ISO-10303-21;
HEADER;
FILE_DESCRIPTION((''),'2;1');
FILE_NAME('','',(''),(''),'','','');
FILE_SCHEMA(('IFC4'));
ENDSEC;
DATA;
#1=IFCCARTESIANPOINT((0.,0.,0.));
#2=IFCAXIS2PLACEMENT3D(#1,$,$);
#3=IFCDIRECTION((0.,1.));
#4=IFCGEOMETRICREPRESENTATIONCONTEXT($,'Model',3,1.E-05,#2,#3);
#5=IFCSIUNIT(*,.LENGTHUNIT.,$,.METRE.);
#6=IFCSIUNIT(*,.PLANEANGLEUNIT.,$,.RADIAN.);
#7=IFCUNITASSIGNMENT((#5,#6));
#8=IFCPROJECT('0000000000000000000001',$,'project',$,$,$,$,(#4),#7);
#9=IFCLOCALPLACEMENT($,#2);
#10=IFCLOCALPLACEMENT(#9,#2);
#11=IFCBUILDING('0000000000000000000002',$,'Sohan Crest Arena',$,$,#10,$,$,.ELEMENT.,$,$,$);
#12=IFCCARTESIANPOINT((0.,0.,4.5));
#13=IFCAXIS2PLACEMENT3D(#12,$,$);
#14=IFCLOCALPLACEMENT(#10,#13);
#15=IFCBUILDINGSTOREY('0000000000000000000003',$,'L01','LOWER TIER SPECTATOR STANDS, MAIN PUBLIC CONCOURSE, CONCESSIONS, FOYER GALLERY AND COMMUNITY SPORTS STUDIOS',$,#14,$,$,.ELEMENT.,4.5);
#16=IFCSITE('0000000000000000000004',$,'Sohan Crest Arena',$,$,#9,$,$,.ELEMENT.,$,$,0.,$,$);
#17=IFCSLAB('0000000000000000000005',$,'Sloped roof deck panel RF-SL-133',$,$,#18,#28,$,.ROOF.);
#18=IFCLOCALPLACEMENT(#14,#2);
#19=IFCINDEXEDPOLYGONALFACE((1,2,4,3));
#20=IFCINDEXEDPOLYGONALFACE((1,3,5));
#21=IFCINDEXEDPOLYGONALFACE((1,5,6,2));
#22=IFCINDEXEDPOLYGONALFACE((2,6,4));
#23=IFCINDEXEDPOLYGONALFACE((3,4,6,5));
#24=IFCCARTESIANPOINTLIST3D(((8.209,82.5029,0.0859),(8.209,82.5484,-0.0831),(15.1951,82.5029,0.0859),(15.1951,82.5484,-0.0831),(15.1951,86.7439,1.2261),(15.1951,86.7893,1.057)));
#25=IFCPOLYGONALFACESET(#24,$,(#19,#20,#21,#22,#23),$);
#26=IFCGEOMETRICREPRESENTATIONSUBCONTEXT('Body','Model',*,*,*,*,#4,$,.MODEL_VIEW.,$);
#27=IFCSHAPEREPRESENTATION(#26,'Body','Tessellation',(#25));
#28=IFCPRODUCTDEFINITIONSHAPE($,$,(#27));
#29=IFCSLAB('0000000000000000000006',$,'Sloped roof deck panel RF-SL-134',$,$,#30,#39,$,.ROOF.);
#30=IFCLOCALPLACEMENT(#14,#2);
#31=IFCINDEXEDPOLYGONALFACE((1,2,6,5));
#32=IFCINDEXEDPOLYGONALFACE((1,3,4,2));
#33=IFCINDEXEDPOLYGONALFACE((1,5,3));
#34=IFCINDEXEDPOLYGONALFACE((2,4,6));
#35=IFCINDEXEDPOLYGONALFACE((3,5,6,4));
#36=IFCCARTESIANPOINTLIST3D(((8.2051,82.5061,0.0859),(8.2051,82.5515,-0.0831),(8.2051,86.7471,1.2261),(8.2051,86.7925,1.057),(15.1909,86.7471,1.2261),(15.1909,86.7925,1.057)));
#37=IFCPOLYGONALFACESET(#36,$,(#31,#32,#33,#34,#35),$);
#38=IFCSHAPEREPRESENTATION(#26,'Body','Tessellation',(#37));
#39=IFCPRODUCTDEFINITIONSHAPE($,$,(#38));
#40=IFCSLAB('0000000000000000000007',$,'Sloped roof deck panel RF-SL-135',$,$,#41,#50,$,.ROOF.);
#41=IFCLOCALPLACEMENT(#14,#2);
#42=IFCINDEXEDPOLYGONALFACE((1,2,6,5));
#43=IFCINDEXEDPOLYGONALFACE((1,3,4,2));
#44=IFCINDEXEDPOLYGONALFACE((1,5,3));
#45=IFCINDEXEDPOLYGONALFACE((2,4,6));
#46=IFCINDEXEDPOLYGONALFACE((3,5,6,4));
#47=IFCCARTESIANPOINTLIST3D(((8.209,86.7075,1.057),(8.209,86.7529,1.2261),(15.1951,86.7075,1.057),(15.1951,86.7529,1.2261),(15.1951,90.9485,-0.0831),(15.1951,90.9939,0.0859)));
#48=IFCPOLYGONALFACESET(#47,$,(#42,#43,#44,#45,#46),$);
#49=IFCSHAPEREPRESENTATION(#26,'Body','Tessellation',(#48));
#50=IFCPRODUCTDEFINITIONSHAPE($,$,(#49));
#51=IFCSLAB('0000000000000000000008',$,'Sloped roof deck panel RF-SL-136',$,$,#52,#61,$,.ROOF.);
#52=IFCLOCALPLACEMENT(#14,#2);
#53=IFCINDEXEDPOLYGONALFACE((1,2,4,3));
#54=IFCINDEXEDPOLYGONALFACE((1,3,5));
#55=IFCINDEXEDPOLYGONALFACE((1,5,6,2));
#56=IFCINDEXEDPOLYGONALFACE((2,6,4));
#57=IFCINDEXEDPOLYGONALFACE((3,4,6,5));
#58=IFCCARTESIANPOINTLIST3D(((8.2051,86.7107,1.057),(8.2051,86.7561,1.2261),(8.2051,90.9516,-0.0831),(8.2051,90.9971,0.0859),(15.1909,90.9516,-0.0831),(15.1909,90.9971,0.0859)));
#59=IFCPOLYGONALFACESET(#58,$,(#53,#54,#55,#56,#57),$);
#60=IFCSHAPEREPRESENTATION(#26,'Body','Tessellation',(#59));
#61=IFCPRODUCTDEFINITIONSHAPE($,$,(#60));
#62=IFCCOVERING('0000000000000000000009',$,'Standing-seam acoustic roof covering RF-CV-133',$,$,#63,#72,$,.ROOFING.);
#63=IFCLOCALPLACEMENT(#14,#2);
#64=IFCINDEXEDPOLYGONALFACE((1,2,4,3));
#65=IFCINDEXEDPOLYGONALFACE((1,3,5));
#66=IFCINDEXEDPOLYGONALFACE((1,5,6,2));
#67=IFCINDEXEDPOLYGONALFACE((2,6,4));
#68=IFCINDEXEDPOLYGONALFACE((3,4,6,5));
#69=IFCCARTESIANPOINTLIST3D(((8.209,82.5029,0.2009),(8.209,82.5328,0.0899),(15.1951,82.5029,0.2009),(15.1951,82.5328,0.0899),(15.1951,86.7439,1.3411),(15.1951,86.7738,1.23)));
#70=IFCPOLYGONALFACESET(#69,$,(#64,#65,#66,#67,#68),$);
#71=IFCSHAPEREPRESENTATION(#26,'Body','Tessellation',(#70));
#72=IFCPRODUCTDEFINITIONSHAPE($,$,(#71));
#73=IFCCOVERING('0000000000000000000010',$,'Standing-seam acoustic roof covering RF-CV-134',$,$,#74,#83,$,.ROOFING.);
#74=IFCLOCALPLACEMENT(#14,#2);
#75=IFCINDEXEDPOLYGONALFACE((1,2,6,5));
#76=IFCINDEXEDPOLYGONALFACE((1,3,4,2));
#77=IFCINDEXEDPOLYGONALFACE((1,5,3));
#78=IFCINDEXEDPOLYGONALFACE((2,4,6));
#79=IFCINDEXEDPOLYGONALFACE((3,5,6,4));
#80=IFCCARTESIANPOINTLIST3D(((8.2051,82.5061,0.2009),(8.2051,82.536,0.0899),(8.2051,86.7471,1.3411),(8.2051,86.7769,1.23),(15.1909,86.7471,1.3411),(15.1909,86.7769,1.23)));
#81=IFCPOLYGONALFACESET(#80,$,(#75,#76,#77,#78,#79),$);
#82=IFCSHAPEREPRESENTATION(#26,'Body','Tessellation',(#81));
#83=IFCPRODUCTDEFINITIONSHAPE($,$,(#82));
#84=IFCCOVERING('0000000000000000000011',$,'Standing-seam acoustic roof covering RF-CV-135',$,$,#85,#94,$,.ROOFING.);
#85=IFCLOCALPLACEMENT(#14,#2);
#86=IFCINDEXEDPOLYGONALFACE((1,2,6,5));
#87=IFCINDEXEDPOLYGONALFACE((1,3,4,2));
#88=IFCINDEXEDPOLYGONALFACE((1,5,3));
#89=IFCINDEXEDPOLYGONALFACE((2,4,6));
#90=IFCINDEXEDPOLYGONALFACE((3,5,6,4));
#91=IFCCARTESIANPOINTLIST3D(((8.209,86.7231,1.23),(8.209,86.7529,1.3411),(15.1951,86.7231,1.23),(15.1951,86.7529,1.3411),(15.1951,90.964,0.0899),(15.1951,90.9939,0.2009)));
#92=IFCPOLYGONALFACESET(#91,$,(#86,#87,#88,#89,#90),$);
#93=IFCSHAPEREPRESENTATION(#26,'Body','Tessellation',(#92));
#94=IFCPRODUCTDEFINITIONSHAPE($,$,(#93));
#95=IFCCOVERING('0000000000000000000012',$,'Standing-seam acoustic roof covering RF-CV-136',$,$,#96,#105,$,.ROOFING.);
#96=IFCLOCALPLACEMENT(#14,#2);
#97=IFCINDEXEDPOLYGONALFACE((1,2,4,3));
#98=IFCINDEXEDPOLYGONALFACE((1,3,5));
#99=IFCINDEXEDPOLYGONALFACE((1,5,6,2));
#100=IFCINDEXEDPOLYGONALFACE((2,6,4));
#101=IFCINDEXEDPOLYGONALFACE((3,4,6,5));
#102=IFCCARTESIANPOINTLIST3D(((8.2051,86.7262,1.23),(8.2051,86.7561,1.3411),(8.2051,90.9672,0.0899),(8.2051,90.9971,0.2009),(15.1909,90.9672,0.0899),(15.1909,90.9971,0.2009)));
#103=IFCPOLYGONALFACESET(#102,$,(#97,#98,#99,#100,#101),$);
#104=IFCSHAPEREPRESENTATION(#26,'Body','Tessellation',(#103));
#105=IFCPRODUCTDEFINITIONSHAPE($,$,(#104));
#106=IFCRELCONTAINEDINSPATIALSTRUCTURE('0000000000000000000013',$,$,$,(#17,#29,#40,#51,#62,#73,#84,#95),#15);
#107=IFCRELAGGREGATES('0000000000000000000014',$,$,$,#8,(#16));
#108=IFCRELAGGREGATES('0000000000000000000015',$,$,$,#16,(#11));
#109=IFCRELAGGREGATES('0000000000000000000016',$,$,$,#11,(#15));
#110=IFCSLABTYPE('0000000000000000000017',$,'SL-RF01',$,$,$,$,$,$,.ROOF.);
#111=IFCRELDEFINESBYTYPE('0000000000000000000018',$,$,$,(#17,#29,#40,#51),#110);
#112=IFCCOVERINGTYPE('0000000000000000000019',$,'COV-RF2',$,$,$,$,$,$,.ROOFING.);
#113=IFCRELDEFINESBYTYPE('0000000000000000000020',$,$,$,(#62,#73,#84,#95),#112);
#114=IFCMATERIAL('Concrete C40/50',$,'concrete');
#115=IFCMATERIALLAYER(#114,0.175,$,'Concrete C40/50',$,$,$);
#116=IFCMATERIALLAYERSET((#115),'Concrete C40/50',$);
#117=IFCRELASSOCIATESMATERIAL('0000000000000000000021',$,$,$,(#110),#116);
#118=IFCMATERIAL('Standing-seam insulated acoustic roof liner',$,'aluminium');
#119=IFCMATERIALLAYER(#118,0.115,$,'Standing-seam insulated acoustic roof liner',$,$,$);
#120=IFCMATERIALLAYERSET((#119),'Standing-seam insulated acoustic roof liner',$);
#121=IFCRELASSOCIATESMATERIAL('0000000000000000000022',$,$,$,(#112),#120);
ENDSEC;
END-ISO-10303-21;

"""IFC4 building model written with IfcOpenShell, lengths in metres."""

from ifc_helpers import new_model, si_unit, direction, frame, origin, place, context, subcontext, project, spatial, polyline, outline, extrude, material, layer, layer_set, type_object, element, save


model = new_model("IFC4")

# Units and contexts
model_context = context("Model", 3, precision=1e-05, world=origin(), true_north=direction((0.0, 1.0)))
body_context = subcontext(model_context, "Body", "Model", "MODEL_VIEW")
ifc_project = project(units=[si_unit("LENGTHUNIT", "METRE"), si_unit("PLANEANGLEUNIT", "RADIAN")], contexts=[model_context])

# Site, building, storey
site_placement = place(None, origin())
site = spatial("IfcSite", under=ifc_project, at=site_placement, Name="Sohan Crest Arena", CompositionType="ELEMENT", RefElevation=0.0)
building_placement = place(site_placement, origin())
building = spatial("IfcBuilding", under=site, at=building_placement, Name="Sohan Crest Arena", CompositionType="ELEMENT")
storey_placement = place(building_placement, frame((0.0, 0.0, 4.5)))
storey = spatial("IfcBuildingStorey", under=building, at=storey_placement, Name="L01", Description="LOWER TIER SPECTATOR STANDS, MAIN PUBLIC CONCOURSE, CONCESSIONS, FOYER GALLERY AND COMMUNITY SPORTS STUDIOS", CompositionType="ELEMENT", Elevation=4.5)

# Slabs
ifc_material_1 = material(Name="Concrete C40/50", Category="concrete")
ifc_layer_1 = layer(ifc_material_1, 0.175, Name="Concrete C40/50")
ifc_layer_set_1 = layer_set([ifc_layer_1], Name="Concrete C40/50")
slab_type = type_object("IfcSlabType", Name="SL-RF01", PredefinedType="ROOF", material=ifc_layer_set_1)
slab_1_placement = place(storey_placement, frame((8.209, 82.5029, 0.0859), z_axis=(0.0, -0.259621, 0.965711), x_axis=(1.0, 0.0, 0.0)))
element("IfcSlab", 1, at=slab_1_placement, inside=storey, type_object=slab_type, Name="Sloped roof deck panel RF-SL-133", PredefinedType="ROOF", context=body_context, shape_type="SweptSolid", body=[
    extrude(outline(polyline([(0.0, 0.0), (6.9861, 0.0), (6.9861, 4.3915), (0.0, 0.0)])), origin(), (0.0, 0.0, -1.0), 0.175),
])
slab_2_placement = place(storey_placement, frame((8.2051, 82.5061, 0.0859), z_axis=(0.0, -0.259621, 0.965711), x_axis=(0.846612, 0.513962, 0.138173)))
element("IfcSlab", 2, at=slab_2_placement, inside=storey, type_object=slab_type, Name="Sloped roof deck panel RF-SL-134", PredefinedType="ROOF", context=body_context, shape_type="SweptSolid", body=[
    extrude(outline(polyline([(0.0, 0.0), (8.2515, 0.0), (2.3372, 3.7179), (0.0, 0.0)])), origin(), (0.0, 0.0, -1.0), 0.175),
])
slab_3_placement = place(storey_placement, frame((8.209, 86.7529, 1.2261), z_axis=(0.0, 0.259621, 0.965711), x_axis=(1.0, 0.0, 0.0)))
element("IfcSlab", 3, at=slab_3_placement, inside=storey, type_object=slab_type, Name="Sloped roof deck panel RF-SL-135", PredefinedType="ROOF", context=body_context, shape_type="SweptSolid", body=[
    extrude(outline(polyline([(0.0, 0.0), (6.9861, 0.0), (6.9861, 4.3915), (0.0, 0.0)])), origin(), (0.0, 0.0, -1.0), 0.175),
])
slab_4_placement = place(storey_placement, frame((8.2051, 86.7561, 1.2261), z_axis=(0.0, 0.259621, 0.965711), x_axis=(0.846612, 0.513962, -0.138173)))
element("IfcSlab", 4, at=slab_4_placement, inside=storey, type_object=slab_type, Name="Sloped roof deck panel RF-SL-136", PredefinedType="ROOF", context=body_context, shape_type="SweptSolid", body=[
    extrude(outline(polyline([(0.0, 0.0), (8.2515, 0.0), (2.3372, 3.7179), (0.0, 0.0)])), origin(), (0.0, 0.0, -1.0), 0.175),
])

# Coverings
ifc_material_2 = material(Name="Standing-seam insulated acoustic roof liner", Category="aluminium")
ifc_layer_2 = layer(ifc_material_2, 0.115, Name="Standing-seam insulated acoustic roof liner")
ifc_layer_set_2 = layer_set([ifc_layer_2], Name="Standing-seam insulated acoustic roof liner")
covering_type = type_object("IfcCoveringType", Name="COV-RF2", PredefinedType="ROOFING", material=ifc_layer_set_2)
covering_1_placement = place(storey_placement, frame((8.209, 82.5029, 0.2009), z_axis=(0.0, -0.259621, 0.965711), x_axis=(1.0, 0.0, 0.0)))
element("IfcCovering", 5, at=covering_1_placement, inside=storey, type_object=covering_type, Name="Standing-seam acoustic roof covering RF-CV-133", PredefinedType="ROOFING", context=body_context, shape_type="SweptSolid", body=[
    extrude(outline(polyline([(0.0, 0.0), (6.9861, 0.0), (6.9861, 4.3915), (0.0, 0.0)])), origin(), (0.0, 0.0, -1.0), 0.115),
])
covering_2_placement = place(storey_placement, frame((8.2051, 82.5061, 0.2009), z_axis=(0.0, -0.259621, 0.965711), x_axis=(0.846612, 0.513962, 0.138173)))
element("IfcCovering", 6, at=covering_2_placement, inside=storey, type_object=covering_type, Name="Standing-seam acoustic roof covering RF-CV-134", PredefinedType="ROOFING", context=body_context, shape_type="SweptSolid", body=[
    extrude(outline(polyline([(0.0, 0.0), (8.2515, 0.0), (2.3372, 3.7179), (0.0, 0.0)])), origin(), (0.0, 0.0, -1.0), 0.115),
])
covering_3_placement = place(storey_placement, frame((8.209, 86.7529, 1.3411), z_axis=(0.0, 0.259621, 0.965711), x_axis=(1.0, 0.0, 0.0)))
element("IfcCovering", 7, at=covering_3_placement, inside=storey, type_object=covering_type, Name="Standing-seam acoustic roof covering RF-CV-135", PredefinedType="ROOFING", context=body_context, shape_type="SweptSolid", body=[
    extrude(outline(polyline([(0.0, 0.0), (6.9861, 0.0), (6.9861, 4.3915), (0.0, 0.0)])), origin(), (0.0, 0.0, -1.0), 0.115),
])
covering_4_placement = place(storey_placement, frame((8.2051, 86.7561, 1.3411), z_axis=(0.0, 0.259621, 0.965711), x_axis=(0.846612, 0.513962, -0.138173)))
element("IfcCovering", 8, at=covering_4_placement, inside=storey, type_object=covering_type, Name="Standing-seam acoustic roof covering RF-CV-136", PredefinedType="ROOFING", context=body_context, shape_type="SweptSolid", body=[
    extrude(outline(polyline([(0.0, 0.0), (8.2515, 0.0), (2.3372, 3.7179), (0.0, 0.0)])), origin(), (0.0, 0.0, -1.0), 0.115),
])

save(model, "model.ifc")
